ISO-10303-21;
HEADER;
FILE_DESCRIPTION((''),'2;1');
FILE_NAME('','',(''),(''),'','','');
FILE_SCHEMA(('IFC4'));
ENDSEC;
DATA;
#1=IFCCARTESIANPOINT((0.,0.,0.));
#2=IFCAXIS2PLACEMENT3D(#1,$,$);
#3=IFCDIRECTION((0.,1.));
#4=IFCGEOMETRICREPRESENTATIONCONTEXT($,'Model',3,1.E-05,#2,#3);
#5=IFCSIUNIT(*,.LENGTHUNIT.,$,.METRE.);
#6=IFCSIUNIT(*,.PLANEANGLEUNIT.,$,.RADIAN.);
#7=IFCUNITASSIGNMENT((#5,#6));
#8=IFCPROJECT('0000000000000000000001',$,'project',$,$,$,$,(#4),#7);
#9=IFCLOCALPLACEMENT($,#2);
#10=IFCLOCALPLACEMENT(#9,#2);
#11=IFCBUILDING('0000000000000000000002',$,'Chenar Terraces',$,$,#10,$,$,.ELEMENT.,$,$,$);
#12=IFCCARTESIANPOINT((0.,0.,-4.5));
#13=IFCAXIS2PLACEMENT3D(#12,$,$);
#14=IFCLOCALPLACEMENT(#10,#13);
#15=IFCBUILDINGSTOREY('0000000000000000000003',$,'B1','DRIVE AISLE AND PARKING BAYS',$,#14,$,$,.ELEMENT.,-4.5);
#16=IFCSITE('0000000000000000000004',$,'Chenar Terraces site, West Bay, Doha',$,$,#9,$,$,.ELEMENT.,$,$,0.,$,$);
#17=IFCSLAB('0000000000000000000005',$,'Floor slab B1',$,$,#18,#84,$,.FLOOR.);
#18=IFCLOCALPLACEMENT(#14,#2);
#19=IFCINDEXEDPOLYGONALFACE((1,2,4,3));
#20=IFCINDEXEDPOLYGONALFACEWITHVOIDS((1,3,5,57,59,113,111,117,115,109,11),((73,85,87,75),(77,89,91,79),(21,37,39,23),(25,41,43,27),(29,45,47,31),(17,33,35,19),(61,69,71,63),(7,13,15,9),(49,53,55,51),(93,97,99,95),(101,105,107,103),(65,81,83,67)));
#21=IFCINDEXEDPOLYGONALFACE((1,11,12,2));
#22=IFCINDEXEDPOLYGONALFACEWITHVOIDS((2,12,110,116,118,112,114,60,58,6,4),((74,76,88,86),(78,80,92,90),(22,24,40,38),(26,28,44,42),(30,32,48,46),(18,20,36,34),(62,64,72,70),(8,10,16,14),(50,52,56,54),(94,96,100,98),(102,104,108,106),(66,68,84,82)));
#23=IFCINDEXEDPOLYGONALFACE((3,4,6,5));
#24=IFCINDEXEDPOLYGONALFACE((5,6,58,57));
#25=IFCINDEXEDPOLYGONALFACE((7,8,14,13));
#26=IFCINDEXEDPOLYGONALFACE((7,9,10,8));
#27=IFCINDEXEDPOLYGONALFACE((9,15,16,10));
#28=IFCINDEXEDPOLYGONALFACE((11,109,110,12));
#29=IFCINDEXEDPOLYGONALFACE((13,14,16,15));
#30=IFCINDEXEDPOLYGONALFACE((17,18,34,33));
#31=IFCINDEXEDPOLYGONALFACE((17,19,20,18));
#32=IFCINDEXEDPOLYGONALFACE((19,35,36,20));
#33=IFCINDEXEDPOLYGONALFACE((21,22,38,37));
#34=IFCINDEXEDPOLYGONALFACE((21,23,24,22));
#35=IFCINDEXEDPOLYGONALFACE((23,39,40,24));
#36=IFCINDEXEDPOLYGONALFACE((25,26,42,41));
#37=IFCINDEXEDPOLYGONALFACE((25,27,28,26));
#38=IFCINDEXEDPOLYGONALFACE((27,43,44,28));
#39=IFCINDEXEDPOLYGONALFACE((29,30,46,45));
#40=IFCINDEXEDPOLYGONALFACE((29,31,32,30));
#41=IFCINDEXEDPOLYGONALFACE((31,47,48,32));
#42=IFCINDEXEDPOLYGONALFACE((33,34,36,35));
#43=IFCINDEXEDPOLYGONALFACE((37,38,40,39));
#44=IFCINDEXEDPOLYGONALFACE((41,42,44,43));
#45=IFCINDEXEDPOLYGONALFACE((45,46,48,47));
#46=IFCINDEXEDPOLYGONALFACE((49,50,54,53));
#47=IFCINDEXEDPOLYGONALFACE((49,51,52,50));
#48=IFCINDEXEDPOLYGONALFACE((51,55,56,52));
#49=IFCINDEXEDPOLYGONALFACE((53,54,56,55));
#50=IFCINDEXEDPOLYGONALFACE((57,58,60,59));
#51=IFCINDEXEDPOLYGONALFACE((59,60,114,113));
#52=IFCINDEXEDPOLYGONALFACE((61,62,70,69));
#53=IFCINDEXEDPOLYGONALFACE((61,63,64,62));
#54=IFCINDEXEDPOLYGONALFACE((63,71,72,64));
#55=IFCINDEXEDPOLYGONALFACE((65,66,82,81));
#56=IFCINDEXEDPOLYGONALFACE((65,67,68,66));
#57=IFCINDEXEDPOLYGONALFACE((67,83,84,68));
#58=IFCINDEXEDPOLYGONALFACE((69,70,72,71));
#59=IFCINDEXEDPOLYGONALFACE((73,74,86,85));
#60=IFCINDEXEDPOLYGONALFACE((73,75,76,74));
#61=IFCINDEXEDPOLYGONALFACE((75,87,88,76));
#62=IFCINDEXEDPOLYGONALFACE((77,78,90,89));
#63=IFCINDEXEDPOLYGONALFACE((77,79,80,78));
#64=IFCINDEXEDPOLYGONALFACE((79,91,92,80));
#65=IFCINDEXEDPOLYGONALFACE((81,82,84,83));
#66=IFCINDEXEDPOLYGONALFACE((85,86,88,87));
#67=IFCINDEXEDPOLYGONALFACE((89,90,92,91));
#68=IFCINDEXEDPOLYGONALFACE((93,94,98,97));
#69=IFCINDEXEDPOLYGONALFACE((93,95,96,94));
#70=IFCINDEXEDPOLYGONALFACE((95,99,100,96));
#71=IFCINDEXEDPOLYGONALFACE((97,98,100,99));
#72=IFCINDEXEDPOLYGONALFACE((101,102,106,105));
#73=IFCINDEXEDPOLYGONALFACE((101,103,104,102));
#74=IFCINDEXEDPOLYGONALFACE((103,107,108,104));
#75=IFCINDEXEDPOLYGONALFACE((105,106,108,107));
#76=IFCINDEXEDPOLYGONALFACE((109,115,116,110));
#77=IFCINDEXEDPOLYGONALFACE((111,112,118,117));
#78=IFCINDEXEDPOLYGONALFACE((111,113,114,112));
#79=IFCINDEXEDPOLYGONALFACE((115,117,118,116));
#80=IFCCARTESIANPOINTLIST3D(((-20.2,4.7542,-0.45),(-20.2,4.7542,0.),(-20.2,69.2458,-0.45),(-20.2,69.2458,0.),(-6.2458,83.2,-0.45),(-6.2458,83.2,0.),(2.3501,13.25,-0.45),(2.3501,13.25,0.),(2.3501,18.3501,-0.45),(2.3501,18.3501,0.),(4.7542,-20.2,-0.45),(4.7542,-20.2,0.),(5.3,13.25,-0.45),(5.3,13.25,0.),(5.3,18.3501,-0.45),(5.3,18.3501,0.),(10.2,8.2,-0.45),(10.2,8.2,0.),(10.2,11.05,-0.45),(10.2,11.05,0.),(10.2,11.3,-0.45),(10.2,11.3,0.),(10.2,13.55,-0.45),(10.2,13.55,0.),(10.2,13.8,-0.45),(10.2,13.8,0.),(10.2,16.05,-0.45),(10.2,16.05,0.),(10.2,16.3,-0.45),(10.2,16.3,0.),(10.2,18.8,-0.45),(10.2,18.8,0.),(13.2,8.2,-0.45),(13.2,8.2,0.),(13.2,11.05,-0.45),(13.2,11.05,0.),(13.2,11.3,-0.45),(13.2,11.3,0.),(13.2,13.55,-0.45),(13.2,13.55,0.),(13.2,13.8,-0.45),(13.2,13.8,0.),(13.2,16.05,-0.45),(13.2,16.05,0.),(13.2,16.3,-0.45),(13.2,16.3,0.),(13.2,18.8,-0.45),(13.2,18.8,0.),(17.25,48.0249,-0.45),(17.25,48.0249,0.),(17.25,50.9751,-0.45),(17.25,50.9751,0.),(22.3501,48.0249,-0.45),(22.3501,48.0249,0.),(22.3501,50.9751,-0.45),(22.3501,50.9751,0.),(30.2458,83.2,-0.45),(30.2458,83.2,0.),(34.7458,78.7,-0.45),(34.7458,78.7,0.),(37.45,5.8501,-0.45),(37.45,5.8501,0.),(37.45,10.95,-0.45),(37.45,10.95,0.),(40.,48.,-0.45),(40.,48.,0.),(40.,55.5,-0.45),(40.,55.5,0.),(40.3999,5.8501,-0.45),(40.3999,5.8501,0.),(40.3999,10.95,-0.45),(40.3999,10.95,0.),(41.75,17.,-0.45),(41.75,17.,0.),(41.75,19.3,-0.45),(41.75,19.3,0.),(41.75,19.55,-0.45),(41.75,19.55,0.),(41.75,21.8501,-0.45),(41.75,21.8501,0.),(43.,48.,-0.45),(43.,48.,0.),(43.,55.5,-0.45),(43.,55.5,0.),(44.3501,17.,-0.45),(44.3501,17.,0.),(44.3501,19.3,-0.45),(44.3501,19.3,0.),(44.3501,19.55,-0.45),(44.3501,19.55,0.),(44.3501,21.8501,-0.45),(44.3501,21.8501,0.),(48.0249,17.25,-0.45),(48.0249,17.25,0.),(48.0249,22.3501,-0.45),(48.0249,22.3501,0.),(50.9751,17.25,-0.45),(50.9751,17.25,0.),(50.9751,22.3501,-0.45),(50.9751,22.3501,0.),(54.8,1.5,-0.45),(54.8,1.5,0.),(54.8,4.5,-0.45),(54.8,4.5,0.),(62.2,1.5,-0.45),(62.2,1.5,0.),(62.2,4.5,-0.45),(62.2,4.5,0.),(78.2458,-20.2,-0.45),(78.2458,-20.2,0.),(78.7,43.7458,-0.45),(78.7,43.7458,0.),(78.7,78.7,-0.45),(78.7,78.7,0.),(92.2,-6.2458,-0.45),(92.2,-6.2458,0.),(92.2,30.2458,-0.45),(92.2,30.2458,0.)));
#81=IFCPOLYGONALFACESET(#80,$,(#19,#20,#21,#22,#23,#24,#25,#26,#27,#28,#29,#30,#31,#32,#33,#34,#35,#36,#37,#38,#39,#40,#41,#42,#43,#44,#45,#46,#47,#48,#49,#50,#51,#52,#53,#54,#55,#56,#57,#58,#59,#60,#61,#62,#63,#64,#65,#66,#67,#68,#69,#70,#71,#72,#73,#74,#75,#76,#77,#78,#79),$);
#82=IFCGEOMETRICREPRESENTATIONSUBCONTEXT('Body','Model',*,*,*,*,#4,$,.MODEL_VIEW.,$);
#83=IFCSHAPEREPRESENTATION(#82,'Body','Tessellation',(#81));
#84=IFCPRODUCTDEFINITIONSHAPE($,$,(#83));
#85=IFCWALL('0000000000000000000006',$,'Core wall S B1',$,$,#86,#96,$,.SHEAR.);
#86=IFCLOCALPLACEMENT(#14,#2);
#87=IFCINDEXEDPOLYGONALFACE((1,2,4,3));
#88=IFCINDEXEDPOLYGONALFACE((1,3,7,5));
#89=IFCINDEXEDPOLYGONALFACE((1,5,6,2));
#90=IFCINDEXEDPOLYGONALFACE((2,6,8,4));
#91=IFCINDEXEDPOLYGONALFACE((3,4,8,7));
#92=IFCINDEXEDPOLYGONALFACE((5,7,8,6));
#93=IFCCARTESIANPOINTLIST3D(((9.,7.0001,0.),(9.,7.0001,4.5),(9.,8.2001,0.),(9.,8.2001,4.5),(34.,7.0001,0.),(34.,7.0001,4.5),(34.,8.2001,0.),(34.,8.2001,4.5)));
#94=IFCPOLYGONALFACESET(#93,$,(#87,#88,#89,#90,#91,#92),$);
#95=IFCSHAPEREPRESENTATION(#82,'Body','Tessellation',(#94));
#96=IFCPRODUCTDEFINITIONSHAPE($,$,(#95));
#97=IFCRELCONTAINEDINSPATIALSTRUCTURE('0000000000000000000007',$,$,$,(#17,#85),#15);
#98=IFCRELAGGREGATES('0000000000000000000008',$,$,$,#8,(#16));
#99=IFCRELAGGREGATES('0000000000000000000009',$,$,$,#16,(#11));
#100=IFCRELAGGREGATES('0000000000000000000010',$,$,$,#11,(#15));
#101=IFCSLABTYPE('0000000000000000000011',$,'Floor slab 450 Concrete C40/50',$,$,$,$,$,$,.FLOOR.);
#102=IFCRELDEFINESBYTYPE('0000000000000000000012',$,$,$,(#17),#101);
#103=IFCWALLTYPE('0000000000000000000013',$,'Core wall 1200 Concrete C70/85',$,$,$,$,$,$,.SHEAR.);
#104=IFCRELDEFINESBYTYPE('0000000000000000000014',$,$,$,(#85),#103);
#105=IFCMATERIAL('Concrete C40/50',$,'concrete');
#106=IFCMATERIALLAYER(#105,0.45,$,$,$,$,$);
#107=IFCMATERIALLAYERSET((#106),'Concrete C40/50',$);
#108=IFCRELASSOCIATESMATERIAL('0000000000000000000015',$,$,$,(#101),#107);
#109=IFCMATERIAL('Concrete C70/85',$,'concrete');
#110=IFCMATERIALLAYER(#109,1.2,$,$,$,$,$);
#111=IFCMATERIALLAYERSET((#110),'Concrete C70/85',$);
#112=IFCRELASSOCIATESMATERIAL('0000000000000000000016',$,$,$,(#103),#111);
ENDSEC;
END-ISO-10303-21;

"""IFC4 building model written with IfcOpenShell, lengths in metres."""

from ifc_helpers import new_model, si_unit, direction, frame, frame_2d, origin, place, context, subcontext, project, spatial, polyline, rectangle, outline, extrude, material, layer, layer_set, type_object, element, save


model = new_model("IFC4")

# Units and contexts
model_context = context("Model", 3, precision=1e-05, world=origin(), true_north=direction((0.0, 1.0)))
body_context = subcontext(model_context, "Body", "Model", "MODEL_VIEW")
ifc_project = project(units=[si_unit("LENGTHUNIT", "METRE"), si_unit("PLANEANGLEUNIT", "RADIAN")], contexts=[model_context])

# Site, building, storey
site_placement = place(None, origin())
site = spatial("IfcSite", under=ifc_project, at=site_placement, Name="Chenar Terraces site, West Bay, Doha", CompositionType="ELEMENT", RefElevation=0.0)
building_placement = place(site_placement, origin())
building = spatial("IfcBuilding", under=site, at=building_placement, Name="Chenar Terraces", CompositionType="ELEMENT")
storey_placement = place(building_placement, frame((0.0, 0.0, -4.5)))
storey = spatial("IfcBuildingStorey", under=building, at=storey_placement, Name="B1", Description="DRIVE AISLE AND PARKING BAYS", CompositionType="ELEMENT", Elevation=-4.5)

# Slab
ifc_material_1 = material(Name="Concrete C40/50", Category="concrete")
ifc_layer_1 = layer(ifc_material_1, 0.45)
ifc_layer_set_1 = layer_set([ifc_layer_1], Name="Concrete C40/50")
slab_type_1 = type_object("IfcSlabType", Name="Floor slab 450 Concrete C40/50", PredefinedType="FLOOR", material=ifc_layer_set_1)
slab_1_placement = place(storey_placement, frame((0.0, 0.0, -0.45)))
element("IfcSlab", 1, at=slab_1_placement, inside=storey, type_object=slab_type_1, Name="Floor slab B1", PredefinedType="FLOOR", context=body_context, shape_type="SweptSolid", body=[
    extrude(outline(polyline([(78.7, 78.7), (78.7, 43.7458), (92.2, 30.2458), (92.2, -6.2458), (78.2458, -20.2), (4.7542, -20.2), (-20.2, 4.7542), (-20.2, 69.2458), (-6.2458, 83.2), (30.2458, 83.2), (34.7458, 78.7), (78.7, 78.7)]), holes=[polyline([(10.2, 11.05), (10.2, 8.2), (13.2, 8.2), (13.2, 11.05), (10.2, 11.05)]), polyline([(13.2, 13.55), (10.2, 13.55), (10.2, 11.3), (13.2, 11.3), (13.2, 13.55)]), polyline([(13.2, 16.05), (10.2, 16.05), (10.2, 13.8), (13.2, 13.8), (13.2, 16.05)]), polyline([(5.3, 13.25), (5.3, 18.3501), (2.3501, 18.3501), (2.3501, 13.25), (5.3, 13.25)]), polyline([(13.2, 18.8), (10.2, 18.8), (10.2, 16.3), (13.2, 16.3), (13.2, 18.8)]), polyline([(22.3501, 48.0249), (22.3501, 50.9751), (17.25, 50.9751), (17.25, 48.0249), (22.3501, 48.0249)]), polyline([(54.8, 4.5), (54.8, 1.5), (62.2, 1.5), (62.2, 4.5), (54.8, 4.5)]), polyline([(37.45, 5.8501), (40.3999, 5.8501), (40.3999, 10.95), (37.45, 10.95), (37.45, 5.8501)]), polyline([(44.3501, 19.3), (41.75, 19.3), (41.75, 17.0), (44.3501, 17.0), (44.3501, 19.3)]), polyline([(48.0249, 22.3501), (48.0249, 17.25), (50.9751, 17.25), (50.9751, 22.3501), (48.0249, 22.3501)]), polyline([(44.3501, 21.8501), (41.75, 21.8501), (41.75, 19.55), (44.3501, 19.55), (44.3501, 21.8501)]), polyline([(43.0, 55.5), (40.0, 55.5), (40.0, 48.0), (43.0, 48.0), (43.0, 55.5)])]), origin(), (0.0, 0.0, 1.0), 0.45),
])

# Wall
ifc_material_2 = material(Name="Concrete C70/85", Category="concrete")
ifc_layer_2 = layer(ifc_material_2, 1.2)
ifc_layer_set_2 = layer_set([ifc_layer_2], Name="Concrete C70/85")
wall_type_1 = type_object("IfcWallType", Name="Core wall 1200 Concrete C70/85", PredefinedType="SHEAR", material=ifc_layer_set_2)
wall_1_placement = place(storey_placement, frame((9.0, 7.6001, 0.0), z_axis=(0.0, 0.0, 1.0), x_axis=(1.0, 0.0, 0.0)))
element("IfcWall", 2, at=wall_1_placement, inside=storey, type_object=wall_type_1, Name="Core wall S B1", PredefinedType="SHEAR", context=body_context, shape_type="SweptSolid", body=[
    extrude(rectangle(XDim=25.0, YDim=1.2, at=frame_2d((12.5, 0.0))), origin(), (0.0, 0.0, 1.0), 4.5),
])

save(model, "model.ifc")
